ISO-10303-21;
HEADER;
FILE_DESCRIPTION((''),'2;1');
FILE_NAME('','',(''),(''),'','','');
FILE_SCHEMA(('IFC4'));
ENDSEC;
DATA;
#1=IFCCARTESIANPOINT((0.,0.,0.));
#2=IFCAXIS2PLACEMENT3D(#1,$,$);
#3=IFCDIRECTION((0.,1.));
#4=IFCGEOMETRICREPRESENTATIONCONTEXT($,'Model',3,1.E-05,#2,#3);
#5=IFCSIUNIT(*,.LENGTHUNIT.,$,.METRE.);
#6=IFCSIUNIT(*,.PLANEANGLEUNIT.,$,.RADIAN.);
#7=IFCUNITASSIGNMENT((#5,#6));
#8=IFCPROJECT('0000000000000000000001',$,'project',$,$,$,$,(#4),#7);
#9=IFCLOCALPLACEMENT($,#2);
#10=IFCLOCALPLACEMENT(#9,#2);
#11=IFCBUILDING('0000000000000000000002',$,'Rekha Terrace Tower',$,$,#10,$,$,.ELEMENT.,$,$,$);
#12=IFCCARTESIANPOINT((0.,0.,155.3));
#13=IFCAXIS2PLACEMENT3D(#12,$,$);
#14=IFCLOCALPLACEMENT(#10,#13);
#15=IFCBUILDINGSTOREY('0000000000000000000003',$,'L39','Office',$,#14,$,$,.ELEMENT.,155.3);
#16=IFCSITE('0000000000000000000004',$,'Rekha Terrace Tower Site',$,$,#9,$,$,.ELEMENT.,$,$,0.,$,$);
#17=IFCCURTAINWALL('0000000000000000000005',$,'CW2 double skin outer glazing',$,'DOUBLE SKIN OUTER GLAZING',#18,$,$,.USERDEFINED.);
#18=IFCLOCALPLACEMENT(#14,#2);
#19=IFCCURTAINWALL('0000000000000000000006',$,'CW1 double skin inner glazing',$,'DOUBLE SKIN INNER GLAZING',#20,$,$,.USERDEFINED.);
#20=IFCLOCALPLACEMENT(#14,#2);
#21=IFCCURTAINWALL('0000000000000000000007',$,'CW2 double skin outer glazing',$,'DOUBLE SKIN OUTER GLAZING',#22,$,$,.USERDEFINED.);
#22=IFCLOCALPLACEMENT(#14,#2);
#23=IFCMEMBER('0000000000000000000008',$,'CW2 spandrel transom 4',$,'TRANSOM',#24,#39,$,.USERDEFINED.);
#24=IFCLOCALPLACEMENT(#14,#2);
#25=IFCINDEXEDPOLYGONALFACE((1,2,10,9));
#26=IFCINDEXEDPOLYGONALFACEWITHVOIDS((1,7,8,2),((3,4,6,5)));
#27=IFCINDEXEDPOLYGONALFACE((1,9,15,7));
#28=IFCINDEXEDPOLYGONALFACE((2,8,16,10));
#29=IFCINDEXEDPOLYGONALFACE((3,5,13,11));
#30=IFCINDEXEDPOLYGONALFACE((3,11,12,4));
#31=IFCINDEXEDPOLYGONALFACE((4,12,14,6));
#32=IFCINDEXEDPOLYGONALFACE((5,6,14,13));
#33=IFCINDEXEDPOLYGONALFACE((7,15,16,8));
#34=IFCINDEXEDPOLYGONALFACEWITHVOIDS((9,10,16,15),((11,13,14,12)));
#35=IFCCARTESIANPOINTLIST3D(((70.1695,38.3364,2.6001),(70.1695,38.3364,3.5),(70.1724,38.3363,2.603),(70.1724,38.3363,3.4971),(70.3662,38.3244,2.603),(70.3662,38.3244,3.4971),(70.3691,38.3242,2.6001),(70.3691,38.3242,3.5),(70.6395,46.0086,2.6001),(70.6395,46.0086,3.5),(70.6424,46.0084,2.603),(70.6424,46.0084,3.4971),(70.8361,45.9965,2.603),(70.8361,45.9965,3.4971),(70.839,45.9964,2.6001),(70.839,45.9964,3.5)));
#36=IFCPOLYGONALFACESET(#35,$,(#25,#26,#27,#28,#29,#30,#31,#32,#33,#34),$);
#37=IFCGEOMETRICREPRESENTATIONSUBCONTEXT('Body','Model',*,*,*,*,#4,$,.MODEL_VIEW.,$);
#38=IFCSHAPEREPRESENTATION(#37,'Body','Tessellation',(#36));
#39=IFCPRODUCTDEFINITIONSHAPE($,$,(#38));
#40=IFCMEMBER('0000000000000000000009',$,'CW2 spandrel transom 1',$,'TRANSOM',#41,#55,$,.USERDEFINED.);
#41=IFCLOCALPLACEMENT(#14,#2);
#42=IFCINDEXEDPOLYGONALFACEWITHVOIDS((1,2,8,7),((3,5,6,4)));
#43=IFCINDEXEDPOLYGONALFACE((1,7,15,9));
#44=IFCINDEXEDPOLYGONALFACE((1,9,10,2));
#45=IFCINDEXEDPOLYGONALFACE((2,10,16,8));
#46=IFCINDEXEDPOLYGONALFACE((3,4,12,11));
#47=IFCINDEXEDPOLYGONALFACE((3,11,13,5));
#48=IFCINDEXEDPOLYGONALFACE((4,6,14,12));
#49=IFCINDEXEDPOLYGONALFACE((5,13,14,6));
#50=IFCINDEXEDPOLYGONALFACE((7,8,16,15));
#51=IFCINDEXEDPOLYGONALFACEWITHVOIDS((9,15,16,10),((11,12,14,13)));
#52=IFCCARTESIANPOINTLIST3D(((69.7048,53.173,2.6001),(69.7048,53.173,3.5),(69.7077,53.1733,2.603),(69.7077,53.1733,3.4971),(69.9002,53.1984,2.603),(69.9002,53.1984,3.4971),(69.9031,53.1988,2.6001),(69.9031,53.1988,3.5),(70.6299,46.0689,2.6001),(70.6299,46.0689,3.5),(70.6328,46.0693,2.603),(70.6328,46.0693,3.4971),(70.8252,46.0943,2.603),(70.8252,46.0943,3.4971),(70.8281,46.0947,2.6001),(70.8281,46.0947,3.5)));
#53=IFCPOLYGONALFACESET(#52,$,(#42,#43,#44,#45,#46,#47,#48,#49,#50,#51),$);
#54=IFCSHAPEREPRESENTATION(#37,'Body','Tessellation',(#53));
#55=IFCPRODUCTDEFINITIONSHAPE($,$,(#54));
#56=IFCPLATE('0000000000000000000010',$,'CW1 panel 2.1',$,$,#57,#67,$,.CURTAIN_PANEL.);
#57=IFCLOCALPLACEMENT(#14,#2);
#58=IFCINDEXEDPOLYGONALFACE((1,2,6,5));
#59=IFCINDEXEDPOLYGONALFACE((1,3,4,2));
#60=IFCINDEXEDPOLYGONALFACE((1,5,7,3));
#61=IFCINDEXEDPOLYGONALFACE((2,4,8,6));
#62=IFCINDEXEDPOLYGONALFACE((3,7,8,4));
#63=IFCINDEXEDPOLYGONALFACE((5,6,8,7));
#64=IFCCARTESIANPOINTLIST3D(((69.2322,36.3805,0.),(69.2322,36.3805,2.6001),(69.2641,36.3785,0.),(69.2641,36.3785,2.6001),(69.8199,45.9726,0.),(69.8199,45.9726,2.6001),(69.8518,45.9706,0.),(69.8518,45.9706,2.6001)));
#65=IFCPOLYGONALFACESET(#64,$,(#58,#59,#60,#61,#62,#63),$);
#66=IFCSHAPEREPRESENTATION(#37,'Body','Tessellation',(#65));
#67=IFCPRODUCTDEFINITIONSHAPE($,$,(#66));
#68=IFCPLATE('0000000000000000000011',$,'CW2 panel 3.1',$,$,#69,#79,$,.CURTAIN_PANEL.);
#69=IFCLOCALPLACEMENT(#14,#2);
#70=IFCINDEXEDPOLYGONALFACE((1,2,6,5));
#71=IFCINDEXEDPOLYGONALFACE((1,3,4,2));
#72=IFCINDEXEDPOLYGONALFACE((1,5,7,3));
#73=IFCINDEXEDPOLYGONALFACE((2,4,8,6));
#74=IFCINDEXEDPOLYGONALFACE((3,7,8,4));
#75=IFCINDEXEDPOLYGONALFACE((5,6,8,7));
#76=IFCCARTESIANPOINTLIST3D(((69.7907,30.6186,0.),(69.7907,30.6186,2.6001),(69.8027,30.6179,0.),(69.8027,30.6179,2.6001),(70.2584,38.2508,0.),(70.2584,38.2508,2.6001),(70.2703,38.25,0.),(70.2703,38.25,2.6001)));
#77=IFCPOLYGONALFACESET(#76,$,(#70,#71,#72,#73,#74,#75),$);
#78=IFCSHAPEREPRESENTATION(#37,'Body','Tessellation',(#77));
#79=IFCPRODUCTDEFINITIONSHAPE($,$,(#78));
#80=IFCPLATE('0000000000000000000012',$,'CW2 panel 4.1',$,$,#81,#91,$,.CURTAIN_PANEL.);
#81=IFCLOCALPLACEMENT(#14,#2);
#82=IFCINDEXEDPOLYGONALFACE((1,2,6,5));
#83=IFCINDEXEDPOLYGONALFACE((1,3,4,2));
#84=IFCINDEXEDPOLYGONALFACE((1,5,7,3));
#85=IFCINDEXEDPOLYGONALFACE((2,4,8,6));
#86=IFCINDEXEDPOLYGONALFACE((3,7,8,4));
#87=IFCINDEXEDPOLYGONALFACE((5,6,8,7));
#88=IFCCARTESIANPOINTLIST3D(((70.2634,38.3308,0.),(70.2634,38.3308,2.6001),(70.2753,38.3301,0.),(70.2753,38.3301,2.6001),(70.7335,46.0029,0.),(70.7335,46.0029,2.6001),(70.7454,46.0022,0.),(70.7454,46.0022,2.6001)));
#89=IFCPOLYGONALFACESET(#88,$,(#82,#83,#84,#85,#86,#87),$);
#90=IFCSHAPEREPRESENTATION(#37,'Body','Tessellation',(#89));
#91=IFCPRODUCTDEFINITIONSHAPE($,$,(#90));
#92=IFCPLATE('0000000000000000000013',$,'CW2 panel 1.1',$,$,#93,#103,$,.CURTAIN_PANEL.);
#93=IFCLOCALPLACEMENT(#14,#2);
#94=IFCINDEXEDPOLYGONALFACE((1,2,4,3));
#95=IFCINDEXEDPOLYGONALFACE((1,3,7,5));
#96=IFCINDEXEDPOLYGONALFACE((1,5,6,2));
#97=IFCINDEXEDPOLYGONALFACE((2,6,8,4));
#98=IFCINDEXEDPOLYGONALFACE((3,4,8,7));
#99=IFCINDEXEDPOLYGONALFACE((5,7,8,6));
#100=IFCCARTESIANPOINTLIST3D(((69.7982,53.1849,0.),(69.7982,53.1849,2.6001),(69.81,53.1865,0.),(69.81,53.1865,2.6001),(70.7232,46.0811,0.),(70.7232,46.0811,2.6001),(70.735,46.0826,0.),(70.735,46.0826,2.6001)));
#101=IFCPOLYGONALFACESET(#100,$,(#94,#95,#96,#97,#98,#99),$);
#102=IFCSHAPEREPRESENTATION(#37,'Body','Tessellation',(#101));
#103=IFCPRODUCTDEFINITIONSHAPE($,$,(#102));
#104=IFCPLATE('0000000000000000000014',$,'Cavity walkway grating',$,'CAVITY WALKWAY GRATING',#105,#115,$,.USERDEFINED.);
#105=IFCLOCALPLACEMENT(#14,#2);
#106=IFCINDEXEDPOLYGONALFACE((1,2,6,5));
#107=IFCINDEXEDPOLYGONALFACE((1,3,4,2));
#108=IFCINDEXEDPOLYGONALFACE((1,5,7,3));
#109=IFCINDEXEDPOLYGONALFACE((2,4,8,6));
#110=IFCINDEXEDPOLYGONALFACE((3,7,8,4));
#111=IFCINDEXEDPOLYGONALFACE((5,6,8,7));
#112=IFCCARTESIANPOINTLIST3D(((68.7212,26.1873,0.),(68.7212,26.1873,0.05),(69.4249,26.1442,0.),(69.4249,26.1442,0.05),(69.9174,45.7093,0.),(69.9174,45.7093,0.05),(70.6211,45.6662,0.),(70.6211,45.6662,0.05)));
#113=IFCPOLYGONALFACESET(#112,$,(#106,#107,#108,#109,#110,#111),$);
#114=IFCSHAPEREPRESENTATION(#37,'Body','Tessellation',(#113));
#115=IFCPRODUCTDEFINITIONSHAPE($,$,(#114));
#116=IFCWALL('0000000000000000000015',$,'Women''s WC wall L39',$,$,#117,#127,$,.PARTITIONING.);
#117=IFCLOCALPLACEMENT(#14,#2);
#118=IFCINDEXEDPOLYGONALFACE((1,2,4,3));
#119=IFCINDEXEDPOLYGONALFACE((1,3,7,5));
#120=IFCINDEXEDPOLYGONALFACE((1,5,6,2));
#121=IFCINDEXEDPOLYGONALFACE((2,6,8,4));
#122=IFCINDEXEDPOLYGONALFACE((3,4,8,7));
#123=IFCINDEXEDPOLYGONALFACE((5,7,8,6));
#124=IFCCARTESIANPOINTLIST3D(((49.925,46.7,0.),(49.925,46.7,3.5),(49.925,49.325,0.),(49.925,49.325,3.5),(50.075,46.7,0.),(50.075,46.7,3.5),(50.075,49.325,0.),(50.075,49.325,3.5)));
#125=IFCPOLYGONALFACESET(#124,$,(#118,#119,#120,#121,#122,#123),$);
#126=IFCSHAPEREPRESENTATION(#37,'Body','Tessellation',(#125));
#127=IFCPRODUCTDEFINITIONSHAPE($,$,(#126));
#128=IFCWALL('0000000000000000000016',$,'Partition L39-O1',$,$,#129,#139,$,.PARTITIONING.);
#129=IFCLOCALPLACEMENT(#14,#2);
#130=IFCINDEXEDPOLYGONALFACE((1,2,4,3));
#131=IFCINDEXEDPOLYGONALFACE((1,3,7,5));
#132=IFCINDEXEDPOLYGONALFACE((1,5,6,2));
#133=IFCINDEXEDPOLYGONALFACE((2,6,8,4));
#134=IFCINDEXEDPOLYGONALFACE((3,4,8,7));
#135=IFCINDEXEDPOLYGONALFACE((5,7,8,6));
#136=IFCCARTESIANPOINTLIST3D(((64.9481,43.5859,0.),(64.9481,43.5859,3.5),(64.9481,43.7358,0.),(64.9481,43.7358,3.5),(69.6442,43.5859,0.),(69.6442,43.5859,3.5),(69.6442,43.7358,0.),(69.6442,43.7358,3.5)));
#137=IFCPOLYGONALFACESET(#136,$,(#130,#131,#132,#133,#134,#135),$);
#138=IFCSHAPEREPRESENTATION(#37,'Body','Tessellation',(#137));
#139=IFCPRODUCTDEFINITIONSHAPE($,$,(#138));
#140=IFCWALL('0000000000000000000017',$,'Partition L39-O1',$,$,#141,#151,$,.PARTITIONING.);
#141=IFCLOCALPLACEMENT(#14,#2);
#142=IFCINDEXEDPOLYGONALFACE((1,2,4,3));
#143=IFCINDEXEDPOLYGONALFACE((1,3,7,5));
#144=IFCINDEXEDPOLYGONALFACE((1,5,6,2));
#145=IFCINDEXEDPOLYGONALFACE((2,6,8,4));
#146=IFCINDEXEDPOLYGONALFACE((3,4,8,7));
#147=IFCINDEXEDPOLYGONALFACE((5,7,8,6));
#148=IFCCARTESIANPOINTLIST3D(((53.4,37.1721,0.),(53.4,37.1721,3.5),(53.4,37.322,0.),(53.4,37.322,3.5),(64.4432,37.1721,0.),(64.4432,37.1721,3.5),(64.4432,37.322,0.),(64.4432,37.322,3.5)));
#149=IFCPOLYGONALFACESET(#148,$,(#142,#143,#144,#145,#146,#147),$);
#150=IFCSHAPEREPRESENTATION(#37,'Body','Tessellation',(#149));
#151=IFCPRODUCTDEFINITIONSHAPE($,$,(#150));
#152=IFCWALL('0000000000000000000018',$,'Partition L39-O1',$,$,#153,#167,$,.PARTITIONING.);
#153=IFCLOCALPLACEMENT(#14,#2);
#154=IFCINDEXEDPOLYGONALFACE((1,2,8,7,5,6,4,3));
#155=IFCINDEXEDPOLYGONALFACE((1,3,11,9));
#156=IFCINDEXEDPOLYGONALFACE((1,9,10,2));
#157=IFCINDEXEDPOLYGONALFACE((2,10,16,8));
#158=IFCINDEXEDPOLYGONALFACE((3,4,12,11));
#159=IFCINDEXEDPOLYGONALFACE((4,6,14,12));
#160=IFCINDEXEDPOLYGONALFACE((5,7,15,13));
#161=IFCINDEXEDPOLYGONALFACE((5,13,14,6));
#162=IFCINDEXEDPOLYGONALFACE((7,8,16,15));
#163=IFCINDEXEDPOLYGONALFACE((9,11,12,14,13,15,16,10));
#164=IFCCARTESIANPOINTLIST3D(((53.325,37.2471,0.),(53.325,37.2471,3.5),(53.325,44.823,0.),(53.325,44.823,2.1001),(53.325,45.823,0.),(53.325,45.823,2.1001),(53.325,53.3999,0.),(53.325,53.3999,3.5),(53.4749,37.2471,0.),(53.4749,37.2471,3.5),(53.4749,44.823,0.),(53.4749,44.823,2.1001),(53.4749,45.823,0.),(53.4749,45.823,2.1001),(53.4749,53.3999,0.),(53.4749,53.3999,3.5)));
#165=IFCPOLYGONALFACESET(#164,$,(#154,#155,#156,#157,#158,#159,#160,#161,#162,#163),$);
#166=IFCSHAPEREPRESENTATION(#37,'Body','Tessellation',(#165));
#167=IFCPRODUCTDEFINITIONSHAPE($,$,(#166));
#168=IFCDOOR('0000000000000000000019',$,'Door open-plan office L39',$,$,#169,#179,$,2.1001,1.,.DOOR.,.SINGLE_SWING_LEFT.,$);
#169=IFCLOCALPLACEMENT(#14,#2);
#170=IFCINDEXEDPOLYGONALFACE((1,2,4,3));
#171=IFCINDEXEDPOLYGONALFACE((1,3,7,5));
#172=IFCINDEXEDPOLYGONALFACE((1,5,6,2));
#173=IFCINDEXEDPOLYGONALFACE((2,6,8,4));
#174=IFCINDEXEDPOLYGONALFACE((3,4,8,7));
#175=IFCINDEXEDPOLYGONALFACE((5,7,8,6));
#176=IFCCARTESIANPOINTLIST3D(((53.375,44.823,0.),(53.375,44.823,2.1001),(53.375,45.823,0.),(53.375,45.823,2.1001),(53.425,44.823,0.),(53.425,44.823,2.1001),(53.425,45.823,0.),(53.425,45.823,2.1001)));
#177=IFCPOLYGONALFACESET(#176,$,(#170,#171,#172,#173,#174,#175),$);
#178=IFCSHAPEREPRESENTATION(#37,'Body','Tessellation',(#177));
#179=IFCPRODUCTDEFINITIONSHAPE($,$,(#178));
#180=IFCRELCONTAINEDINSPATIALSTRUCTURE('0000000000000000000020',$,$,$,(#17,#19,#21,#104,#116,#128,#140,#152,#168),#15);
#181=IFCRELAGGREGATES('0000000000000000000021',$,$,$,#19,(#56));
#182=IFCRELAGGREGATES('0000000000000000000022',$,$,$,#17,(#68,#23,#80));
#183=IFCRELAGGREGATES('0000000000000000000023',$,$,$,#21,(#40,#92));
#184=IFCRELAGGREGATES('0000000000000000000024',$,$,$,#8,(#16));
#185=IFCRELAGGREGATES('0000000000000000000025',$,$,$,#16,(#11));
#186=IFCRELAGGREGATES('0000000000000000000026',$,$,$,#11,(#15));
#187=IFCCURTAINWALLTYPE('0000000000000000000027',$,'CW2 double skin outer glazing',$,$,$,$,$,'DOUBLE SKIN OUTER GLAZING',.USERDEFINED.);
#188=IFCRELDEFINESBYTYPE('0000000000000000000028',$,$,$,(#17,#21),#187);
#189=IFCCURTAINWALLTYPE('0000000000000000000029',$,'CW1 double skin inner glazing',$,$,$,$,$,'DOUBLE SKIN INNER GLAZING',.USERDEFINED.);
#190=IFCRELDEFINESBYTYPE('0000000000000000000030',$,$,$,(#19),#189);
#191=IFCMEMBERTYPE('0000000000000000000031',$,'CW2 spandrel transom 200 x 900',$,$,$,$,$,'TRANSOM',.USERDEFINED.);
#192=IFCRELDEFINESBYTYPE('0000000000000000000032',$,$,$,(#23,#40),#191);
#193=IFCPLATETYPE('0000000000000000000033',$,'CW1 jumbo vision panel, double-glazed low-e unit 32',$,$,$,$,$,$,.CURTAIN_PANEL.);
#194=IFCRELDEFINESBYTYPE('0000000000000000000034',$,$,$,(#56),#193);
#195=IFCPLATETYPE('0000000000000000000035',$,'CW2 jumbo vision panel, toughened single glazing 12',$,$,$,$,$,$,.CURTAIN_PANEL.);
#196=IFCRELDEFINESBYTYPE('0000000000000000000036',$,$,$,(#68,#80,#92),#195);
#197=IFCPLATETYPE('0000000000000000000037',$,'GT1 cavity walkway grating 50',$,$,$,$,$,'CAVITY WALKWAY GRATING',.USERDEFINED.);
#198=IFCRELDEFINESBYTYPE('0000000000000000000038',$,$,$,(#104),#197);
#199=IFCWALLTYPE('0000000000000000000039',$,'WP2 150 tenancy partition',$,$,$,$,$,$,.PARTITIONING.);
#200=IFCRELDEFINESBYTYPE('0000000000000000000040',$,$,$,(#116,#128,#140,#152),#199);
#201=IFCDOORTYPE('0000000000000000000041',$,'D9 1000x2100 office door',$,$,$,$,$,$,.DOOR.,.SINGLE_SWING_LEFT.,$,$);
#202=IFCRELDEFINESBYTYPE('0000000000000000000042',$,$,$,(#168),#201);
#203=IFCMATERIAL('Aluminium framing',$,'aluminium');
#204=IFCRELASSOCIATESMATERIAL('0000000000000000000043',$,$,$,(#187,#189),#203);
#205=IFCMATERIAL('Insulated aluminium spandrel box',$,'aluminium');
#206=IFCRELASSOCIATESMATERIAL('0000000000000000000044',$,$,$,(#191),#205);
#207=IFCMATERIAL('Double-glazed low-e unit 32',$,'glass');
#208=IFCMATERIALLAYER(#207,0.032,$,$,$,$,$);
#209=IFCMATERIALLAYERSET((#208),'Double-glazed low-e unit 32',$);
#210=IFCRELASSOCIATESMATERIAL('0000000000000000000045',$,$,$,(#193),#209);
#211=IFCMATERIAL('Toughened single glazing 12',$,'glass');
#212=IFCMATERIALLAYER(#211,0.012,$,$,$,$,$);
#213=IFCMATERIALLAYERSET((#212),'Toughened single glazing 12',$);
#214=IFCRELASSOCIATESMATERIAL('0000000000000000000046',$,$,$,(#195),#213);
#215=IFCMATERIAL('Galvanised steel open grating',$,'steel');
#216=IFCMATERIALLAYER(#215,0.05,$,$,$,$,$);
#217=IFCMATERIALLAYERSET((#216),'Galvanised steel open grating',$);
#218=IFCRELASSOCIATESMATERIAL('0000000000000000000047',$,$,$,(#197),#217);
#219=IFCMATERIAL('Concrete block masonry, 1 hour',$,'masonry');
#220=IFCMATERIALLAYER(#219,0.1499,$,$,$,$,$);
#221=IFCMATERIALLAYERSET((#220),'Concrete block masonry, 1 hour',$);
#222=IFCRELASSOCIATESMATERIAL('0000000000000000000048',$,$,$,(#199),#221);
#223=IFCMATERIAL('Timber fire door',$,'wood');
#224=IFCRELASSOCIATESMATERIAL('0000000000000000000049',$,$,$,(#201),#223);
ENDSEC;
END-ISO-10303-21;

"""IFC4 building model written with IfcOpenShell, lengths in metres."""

from ifc_helpers import new_model, si_unit, direction, frame, frame_2d, origin, origin_2d, place, context, subcontext, project, spatial, rectangle, hollow_rectangle, extrude, material, layer, layer_set, material_profile, profile_set, type_object, element, fill, aggregate, save


model = new_model("IFC4")

# Units and contexts
model_context = context("Model", 3, precision=1e-05, world=origin(), true_north=direction((0.0, 1.0)))
body_context = subcontext(model_context, "Body", "Model", "MODEL_VIEW")
ifc_project = project(units=[si_unit("LENGTHUNIT", "METRE"), si_unit("PLANEANGLEUNIT", "RADIAN")], contexts=[model_context])

# Site, building, storey
site_placement = place(None, origin())
site = spatial("IfcSite", under=ifc_project, at=site_placement, Name="Rekha Terrace Tower Site", CompositionType="ELEMENT", RefElevation=0.0)
building_placement = place(site_placement, origin())
building = spatial("IfcBuilding", under=site, at=building_placement, Name="Rekha Terrace Tower", CompositionType="ELEMENT")
storey_placement = place(building_placement, frame((0.0, 0.0, 155.3)))
storey = spatial("IfcBuildingStorey", under=building, at=storey_placement, Name="L39", Description="Office", CompositionType="ELEMENT", Elevation=155.3)

# Curtain walls
ifc_material_1 = material(Name="Aluminium framing", Category="aluminium")
curtain_wall_type_1 = type_object("IfcCurtainWallType", Name="CW2 double skin outer glazing", ElementType="DOUBLE SKIN OUTER GLAZING", PredefinedType="USERDEFINED", material=ifc_material_1)
curtain_wall_1_placement = place(storey_placement, origin())
curtain_wall_1 = element("IfcCurtainWall", 1, at=curtain_wall_1_placement, inside=storey, type_object=curtain_wall_type_1, Name="CW2 double skin outer glazing", ObjectType="DOUBLE SKIN OUTER GLAZING", PredefinedType="USERDEFINED")
curtain_wall_type_2 = type_object("IfcCurtainWallType", Name="CW1 double skin inner glazing", ElementType="DOUBLE SKIN INNER GLAZING", PredefinedType="USERDEFINED", material=ifc_material_1)
curtain_wall_2_placement = place(storey_placement, origin())
curtain_wall_2 = element("IfcCurtainWall", 2, at=curtain_wall_2_placement, inside=storey, type_object=curtain_wall_type_2, Name="CW1 double skin inner glazing", ObjectType="DOUBLE SKIN INNER GLAZING", PredefinedType="USERDEFINED")

# Shared definitions
ifc_material_2 = material(Name="Insulated aluminium spandrel box", Category="aluminium")

# Curtain wall
curtain_wall_3_placement = place(storey_placement, origin())
curtain_wall_3 = element("IfcCurtainWall", 3, at=curtain_wall_3_placement, inside=storey, type_object=curtain_wall_type_1, Name="CW2 double skin outer glazing", ObjectType="DOUBLE SKIN OUTER GLAZING", PredefinedType="USERDEFINED")

# Members
ifc_material_profile_1 = material_profile(ifc_material_2, hollow_rectangle(XDim=0.2, YDim=0.8999, WallThickness=0.0029, at=origin_2d()), Name="AL SPANDREL BOX 200x900")
ifc_profile_set_1 = profile_set([ifc_material_profile_1], Name="Insulated aluminium spandrel box")
member_type_1 = type_object("IfcMemberType", Name="CW2 spandrel transom 200 x 900", ElementType="TRANSOM", PredefinedType="USERDEFINED", material=ifc_profile_set_1)
member_1_placement = place(storey_placement, frame((70.2693, 38.3303, 3.05), z_axis=(0.061142, 0.998129, 0.0), x_axis=(-0.998129, 0.061142, 0.0)))
member_1 = element("IfcMember", 4, at=member_1_placement, type_object=member_type_1, Name="CW2 spandrel transom 4", ObjectType="TRANSOM", PredefinedType="USERDEFINED", context=body_context, shape_type="SweptSolid", body=[
    extrude(hollow_rectangle(XDim=0.2, YDim=0.8999, WallThickness=0.0029, at=origin_2d()), origin(), (0.0, 0.0, 1.0), 7.6865),
])
member_2_placement = place(storey_placement, frame((70.729, 46.0818, 3.05), z_axis=(-0.129125, 0.991628, 0.0), x_axis=(-0.991628, -0.129125, 0.0)))
member_2 = element("IfcMember", 5, at=member_2_placement, type_object=member_type_1, Name="CW2 spandrel transom 1", ObjectType="TRANSOM", PredefinedType="USERDEFINED", context=body_context, shape_type="SweptSolid", body=[
    extrude(hollow_rectangle(XDim=0.2, YDim=0.8999, WallThickness=0.0029, at=origin_2d()), origin(), (0.0, 0.0, 1.0), 7.1641),
])

# Plates
ifc_material_3 = material(Name="Double-glazed low-e unit 32", Category="glass")
ifc_layer_1 = layer(ifc_material_3, 0.032)
ifc_layer_set_1 = layer_set([ifc_layer_1], Name="Double-glazed low-e unit 32")
plate_type_1 = type_object("IfcPlateType", Name="CW1 jumbo vision panel, double-glazed low-e unit 32", PredefinedType="CURTAIN_PANEL", material=ifc_layer_set_1)
plate_1_placement = place(storey_placement, frame((69.542, 41.1755, 0.0), z_axis=(0.0, 0.0, 1.0), x_axis=(0.06116, 0.998128, 0.0)))
plate_1 = element("IfcPlate", 6, at=plate_1_placement, type_object=plate_type_1, Name="CW1 panel 2.1", PredefinedType="CURTAIN_PANEL", context=body_context, shape_type="SweptSolid", body=[
    extrude(rectangle(XDim=9.6101, YDim=0.032, at=origin_2d()), origin(), (0.0, 0.0, 1.0), 2.6001),
])
aggregate(curtain_wall_2, [plate_1])
ifc_material_4 = material(Name="Toughened single glazing 12", Category="glass")
ifc_layer_2 = layer(ifc_material_4, 0.012)
ifc_layer_set_2 = layer_set([ifc_layer_2], Name="Toughened single glazing 12")
plate_type_2 = type_object("IfcPlateType", Name="CW2 jumbo vision panel, toughened single glazing 12", PredefinedType="CURTAIN_PANEL", material=ifc_layer_set_2)
plate_2_placement = place(storey_placement, frame((70.0305, 34.4343, 0.0), z_axis=(0.0, 0.0, 1.0), x_axis=(0.06116, 0.998128, 0.0)))
plate_2 = element("IfcPlate", 7, at=plate_2_placement, type_object=plate_type_2, Name="CW2 panel 3.1", PredefinedType="CURTAIN_PANEL", context=body_context, shape_type="SweptSolid", body=[
    extrude(rectangle(XDim=7.6465, YDim=0.012, at=origin_2d()), origin(), (0.0, 0.0, 1.0), 2.6001),
])
plate_3_placement = place(storey_placement, frame((70.5044, 42.1665, 0.0), z_axis=(0.0, 0.0, 1.0), x_axis=(0.06116, 0.998128, 0.0)))
plate_3 = element("IfcPlate", 8, at=plate_3_placement, type_object=plate_type_2, Name="CW2 panel 4.1", PredefinedType="CURTAIN_PANEL", context=body_context, shape_type="SweptSolid", body=[
    extrude(rectangle(XDim=7.6865, YDim=0.012, at=origin_2d()), origin(), (0.0, 0.0, 1.0), 2.6001),
])
aggregate(curtain_wall_1, [plate_2, member_1, plate_3])
plate_4_placement = place(storey_placement, frame((70.2666, 49.6338, 0.0), z_axis=(0.0, 0.0, 1.0), x_axis=(-0.129118, 0.991629, 0.0)))
plate_4 = element("IfcPlate", 9, at=plate_4_placement, type_object=plate_type_2, Name="CW2 panel 1.1", PredefinedType="CURTAIN_PANEL", context=body_context, shape_type="SweptSolid", body=[
    extrude(rectangle(XDim=7.1638, YDim=0.012, at=origin_2d()), origin(), (0.0, 0.0, 1.0), 2.6001),
])
aggregate(curtain_wall_3, [member_2, plate_4])
ifc_material_5 = material(Name="Galvanised steel open grating", Category="steel")
ifc_layer_3 = layer(ifc_material_5, 0.05)
ifc_layer_set_3 = layer_set([ifc_layer_3], Name="Galvanised steel open grating")
plate_type_3 = type_object("IfcPlateType", Name="GT1 cavity walkway grating 50", ElementType="CAVITY WALKWAY GRATING", PredefinedType="USERDEFINED", material=ifc_layer_set_3)
plate_5_placement = place(storey_placement, frame((69.6711, 35.9268, 0.0), z_axis=(0.0, 0.0, 1.0), x_axis=(0.06116, 0.998128, 0.0)))
element("IfcPlate", 10, at=plate_5_placement, inside=storey, type_object=plate_type_3, Name="Cavity walkway grating", ObjectType="CAVITY WALKWAY GRATING", PredefinedType="USERDEFINED", context=body_context, shape_type="SweptSolid", body=[
    extrude(rectangle(XDim=19.5586, YDim=0.7051, at=origin_2d()), origin(), (0.0, 0.0, 1.0), 0.05),
])

# Walls
ifc_material_6 = material(Name="Concrete block masonry, 1 hour", Category="masonry")
ifc_layer_4 = layer(ifc_material_6, 0.1499)
ifc_layer_set_4 = layer_set([ifc_layer_4], Name="Concrete block masonry, 1 hour")
wall_type_1 = type_object("IfcWallType", Name="WP2 150 tenancy partition", PredefinedType="PARTITIONING", material=ifc_layer_set_4)
wall_1_placement = place(storey_placement, frame((50.0, 46.7, 0.0), z_axis=(0.0, 0.0, 1.0), x_axis=(0.0, 1.0, 0.0)))
element("IfcWall", 11, at=wall_1_placement, inside=storey, type_object=wall_type_1, Name="Women's WC wall L39", PredefinedType="PARTITIONING", context=body_context, shape_type="SweptSolid", body=[
    extrude(rectangle(XDim=2.625, YDim=0.1499, at=frame_2d((1.3125, 0.0))), origin(), (0.0, 0.0, 1.0), 3.5),
])
wall_2_placement = place(storey_placement, frame((64.948, 43.6609, 0.0), z_axis=(0.0, 0.0, 1.0), x_axis=(1.0, 0.0, 0.0)))
element("IfcWall", 12, at=wall_2_placement, inside=storey, type_object=wall_type_1, Name="Partition L39-O1", PredefinedType="PARTITIONING", context=body_context, shape_type="SweptSolid", body=[
    extrude(rectangle(XDim=4.696, YDim=0.1499, at=frame_2d((2.3481, 0.0))), origin(), (0.0, 0.0, 1.0), 3.5),
])
wall_3_placement = place(storey_placement, frame((64.4431, 37.2471, 0.0), z_axis=(0.0, 0.0, 1.0), x_axis=(-1.0, 0.0, 0.0)))
element("IfcWall", 13, at=wall_3_placement, inside=storey, type_object=wall_type_1, Name="Partition L39-O1", PredefinedType="PARTITIONING", context=body_context, shape_type="SweptSolid", body=[
    extrude(rectangle(XDim=11.0432, YDim=0.1499, at=frame_2d((5.5215, 0.0))), origin(), (0.0, 0.0, 1.0), 3.5),
])

# Wall, opening, door
wall_4_placement = place(storey_placement, frame((53.3999, 37.2471, 0.0), z_axis=(0.0, 0.0, 1.0), x_axis=(0.0, 1.0, 0.0)))
wall_4 = element("IfcWall", 14, at=wall_4_placement, inside=storey, type_object=wall_type_1, Name="Partition L39-O1", PredefinedType="PARTITIONING", context=body_context, shape_type="SweptSolid", body=[
    extrude(rectangle(XDim=16.1528, YDim=0.1499, at=frame_2d((8.0764, 0.0))), origin(), (0.0, 0.0, 1.0), 3.5),
])
opening_1_placement = place(wall_4_placement, frame((7.5759, 0.0, 0.0)))
opening_1 = element("IfcOpeningElement", 15, at=opening_1_placement, cuts=wall_4, PredefinedType="OPENING", context=body_context, shape_type="SweptSolid", body=[
    extrude(rectangle(XDim=1.0, YDim=2.1001, at=frame_2d((0.5, 1.05))), frame((0.0, 0.085, 0.0), z_axis=(0.0, -1.0, 0.0), x_axis=(1.0, 0.0, 0.0)), (0.0, 0.0, 1.0), 0.1699),
])
ifc_material_7 = material(Name="Timber fire door", Category="wood")
door_type = type_object("IfcDoorType", Name="D9 1000x2100 office door", OperationType="SINGLE_SWING_LEFT", PredefinedType="DOOR", material=ifc_material_7)
door_1_placement = place(opening_1_placement, origin())
door_1 = element("IfcDoor", 16, at=door_1_placement, inside=storey, type_object=door_type, Name="Door open-plan office L39", OperationType="SINGLE_SWING_LEFT", OverallHeight=2.1001, OverallWidth=1.0, PredefinedType="DOOR", context=body_context, shape_type="SweptSolid", body=[
    extrude(rectangle(XDim=1.0, YDim=2.1001, at=frame_2d((0.5, 1.05))), frame((0.0, 0.0249, 0.0), z_axis=(0.0, -1.0, 0.0), x_axis=(1.0, 0.0, 0.0)), (0.0, 0.0, 1.0), 0.05),
])
fill(opening_1, door_1)

save(model, "model.ifc")
